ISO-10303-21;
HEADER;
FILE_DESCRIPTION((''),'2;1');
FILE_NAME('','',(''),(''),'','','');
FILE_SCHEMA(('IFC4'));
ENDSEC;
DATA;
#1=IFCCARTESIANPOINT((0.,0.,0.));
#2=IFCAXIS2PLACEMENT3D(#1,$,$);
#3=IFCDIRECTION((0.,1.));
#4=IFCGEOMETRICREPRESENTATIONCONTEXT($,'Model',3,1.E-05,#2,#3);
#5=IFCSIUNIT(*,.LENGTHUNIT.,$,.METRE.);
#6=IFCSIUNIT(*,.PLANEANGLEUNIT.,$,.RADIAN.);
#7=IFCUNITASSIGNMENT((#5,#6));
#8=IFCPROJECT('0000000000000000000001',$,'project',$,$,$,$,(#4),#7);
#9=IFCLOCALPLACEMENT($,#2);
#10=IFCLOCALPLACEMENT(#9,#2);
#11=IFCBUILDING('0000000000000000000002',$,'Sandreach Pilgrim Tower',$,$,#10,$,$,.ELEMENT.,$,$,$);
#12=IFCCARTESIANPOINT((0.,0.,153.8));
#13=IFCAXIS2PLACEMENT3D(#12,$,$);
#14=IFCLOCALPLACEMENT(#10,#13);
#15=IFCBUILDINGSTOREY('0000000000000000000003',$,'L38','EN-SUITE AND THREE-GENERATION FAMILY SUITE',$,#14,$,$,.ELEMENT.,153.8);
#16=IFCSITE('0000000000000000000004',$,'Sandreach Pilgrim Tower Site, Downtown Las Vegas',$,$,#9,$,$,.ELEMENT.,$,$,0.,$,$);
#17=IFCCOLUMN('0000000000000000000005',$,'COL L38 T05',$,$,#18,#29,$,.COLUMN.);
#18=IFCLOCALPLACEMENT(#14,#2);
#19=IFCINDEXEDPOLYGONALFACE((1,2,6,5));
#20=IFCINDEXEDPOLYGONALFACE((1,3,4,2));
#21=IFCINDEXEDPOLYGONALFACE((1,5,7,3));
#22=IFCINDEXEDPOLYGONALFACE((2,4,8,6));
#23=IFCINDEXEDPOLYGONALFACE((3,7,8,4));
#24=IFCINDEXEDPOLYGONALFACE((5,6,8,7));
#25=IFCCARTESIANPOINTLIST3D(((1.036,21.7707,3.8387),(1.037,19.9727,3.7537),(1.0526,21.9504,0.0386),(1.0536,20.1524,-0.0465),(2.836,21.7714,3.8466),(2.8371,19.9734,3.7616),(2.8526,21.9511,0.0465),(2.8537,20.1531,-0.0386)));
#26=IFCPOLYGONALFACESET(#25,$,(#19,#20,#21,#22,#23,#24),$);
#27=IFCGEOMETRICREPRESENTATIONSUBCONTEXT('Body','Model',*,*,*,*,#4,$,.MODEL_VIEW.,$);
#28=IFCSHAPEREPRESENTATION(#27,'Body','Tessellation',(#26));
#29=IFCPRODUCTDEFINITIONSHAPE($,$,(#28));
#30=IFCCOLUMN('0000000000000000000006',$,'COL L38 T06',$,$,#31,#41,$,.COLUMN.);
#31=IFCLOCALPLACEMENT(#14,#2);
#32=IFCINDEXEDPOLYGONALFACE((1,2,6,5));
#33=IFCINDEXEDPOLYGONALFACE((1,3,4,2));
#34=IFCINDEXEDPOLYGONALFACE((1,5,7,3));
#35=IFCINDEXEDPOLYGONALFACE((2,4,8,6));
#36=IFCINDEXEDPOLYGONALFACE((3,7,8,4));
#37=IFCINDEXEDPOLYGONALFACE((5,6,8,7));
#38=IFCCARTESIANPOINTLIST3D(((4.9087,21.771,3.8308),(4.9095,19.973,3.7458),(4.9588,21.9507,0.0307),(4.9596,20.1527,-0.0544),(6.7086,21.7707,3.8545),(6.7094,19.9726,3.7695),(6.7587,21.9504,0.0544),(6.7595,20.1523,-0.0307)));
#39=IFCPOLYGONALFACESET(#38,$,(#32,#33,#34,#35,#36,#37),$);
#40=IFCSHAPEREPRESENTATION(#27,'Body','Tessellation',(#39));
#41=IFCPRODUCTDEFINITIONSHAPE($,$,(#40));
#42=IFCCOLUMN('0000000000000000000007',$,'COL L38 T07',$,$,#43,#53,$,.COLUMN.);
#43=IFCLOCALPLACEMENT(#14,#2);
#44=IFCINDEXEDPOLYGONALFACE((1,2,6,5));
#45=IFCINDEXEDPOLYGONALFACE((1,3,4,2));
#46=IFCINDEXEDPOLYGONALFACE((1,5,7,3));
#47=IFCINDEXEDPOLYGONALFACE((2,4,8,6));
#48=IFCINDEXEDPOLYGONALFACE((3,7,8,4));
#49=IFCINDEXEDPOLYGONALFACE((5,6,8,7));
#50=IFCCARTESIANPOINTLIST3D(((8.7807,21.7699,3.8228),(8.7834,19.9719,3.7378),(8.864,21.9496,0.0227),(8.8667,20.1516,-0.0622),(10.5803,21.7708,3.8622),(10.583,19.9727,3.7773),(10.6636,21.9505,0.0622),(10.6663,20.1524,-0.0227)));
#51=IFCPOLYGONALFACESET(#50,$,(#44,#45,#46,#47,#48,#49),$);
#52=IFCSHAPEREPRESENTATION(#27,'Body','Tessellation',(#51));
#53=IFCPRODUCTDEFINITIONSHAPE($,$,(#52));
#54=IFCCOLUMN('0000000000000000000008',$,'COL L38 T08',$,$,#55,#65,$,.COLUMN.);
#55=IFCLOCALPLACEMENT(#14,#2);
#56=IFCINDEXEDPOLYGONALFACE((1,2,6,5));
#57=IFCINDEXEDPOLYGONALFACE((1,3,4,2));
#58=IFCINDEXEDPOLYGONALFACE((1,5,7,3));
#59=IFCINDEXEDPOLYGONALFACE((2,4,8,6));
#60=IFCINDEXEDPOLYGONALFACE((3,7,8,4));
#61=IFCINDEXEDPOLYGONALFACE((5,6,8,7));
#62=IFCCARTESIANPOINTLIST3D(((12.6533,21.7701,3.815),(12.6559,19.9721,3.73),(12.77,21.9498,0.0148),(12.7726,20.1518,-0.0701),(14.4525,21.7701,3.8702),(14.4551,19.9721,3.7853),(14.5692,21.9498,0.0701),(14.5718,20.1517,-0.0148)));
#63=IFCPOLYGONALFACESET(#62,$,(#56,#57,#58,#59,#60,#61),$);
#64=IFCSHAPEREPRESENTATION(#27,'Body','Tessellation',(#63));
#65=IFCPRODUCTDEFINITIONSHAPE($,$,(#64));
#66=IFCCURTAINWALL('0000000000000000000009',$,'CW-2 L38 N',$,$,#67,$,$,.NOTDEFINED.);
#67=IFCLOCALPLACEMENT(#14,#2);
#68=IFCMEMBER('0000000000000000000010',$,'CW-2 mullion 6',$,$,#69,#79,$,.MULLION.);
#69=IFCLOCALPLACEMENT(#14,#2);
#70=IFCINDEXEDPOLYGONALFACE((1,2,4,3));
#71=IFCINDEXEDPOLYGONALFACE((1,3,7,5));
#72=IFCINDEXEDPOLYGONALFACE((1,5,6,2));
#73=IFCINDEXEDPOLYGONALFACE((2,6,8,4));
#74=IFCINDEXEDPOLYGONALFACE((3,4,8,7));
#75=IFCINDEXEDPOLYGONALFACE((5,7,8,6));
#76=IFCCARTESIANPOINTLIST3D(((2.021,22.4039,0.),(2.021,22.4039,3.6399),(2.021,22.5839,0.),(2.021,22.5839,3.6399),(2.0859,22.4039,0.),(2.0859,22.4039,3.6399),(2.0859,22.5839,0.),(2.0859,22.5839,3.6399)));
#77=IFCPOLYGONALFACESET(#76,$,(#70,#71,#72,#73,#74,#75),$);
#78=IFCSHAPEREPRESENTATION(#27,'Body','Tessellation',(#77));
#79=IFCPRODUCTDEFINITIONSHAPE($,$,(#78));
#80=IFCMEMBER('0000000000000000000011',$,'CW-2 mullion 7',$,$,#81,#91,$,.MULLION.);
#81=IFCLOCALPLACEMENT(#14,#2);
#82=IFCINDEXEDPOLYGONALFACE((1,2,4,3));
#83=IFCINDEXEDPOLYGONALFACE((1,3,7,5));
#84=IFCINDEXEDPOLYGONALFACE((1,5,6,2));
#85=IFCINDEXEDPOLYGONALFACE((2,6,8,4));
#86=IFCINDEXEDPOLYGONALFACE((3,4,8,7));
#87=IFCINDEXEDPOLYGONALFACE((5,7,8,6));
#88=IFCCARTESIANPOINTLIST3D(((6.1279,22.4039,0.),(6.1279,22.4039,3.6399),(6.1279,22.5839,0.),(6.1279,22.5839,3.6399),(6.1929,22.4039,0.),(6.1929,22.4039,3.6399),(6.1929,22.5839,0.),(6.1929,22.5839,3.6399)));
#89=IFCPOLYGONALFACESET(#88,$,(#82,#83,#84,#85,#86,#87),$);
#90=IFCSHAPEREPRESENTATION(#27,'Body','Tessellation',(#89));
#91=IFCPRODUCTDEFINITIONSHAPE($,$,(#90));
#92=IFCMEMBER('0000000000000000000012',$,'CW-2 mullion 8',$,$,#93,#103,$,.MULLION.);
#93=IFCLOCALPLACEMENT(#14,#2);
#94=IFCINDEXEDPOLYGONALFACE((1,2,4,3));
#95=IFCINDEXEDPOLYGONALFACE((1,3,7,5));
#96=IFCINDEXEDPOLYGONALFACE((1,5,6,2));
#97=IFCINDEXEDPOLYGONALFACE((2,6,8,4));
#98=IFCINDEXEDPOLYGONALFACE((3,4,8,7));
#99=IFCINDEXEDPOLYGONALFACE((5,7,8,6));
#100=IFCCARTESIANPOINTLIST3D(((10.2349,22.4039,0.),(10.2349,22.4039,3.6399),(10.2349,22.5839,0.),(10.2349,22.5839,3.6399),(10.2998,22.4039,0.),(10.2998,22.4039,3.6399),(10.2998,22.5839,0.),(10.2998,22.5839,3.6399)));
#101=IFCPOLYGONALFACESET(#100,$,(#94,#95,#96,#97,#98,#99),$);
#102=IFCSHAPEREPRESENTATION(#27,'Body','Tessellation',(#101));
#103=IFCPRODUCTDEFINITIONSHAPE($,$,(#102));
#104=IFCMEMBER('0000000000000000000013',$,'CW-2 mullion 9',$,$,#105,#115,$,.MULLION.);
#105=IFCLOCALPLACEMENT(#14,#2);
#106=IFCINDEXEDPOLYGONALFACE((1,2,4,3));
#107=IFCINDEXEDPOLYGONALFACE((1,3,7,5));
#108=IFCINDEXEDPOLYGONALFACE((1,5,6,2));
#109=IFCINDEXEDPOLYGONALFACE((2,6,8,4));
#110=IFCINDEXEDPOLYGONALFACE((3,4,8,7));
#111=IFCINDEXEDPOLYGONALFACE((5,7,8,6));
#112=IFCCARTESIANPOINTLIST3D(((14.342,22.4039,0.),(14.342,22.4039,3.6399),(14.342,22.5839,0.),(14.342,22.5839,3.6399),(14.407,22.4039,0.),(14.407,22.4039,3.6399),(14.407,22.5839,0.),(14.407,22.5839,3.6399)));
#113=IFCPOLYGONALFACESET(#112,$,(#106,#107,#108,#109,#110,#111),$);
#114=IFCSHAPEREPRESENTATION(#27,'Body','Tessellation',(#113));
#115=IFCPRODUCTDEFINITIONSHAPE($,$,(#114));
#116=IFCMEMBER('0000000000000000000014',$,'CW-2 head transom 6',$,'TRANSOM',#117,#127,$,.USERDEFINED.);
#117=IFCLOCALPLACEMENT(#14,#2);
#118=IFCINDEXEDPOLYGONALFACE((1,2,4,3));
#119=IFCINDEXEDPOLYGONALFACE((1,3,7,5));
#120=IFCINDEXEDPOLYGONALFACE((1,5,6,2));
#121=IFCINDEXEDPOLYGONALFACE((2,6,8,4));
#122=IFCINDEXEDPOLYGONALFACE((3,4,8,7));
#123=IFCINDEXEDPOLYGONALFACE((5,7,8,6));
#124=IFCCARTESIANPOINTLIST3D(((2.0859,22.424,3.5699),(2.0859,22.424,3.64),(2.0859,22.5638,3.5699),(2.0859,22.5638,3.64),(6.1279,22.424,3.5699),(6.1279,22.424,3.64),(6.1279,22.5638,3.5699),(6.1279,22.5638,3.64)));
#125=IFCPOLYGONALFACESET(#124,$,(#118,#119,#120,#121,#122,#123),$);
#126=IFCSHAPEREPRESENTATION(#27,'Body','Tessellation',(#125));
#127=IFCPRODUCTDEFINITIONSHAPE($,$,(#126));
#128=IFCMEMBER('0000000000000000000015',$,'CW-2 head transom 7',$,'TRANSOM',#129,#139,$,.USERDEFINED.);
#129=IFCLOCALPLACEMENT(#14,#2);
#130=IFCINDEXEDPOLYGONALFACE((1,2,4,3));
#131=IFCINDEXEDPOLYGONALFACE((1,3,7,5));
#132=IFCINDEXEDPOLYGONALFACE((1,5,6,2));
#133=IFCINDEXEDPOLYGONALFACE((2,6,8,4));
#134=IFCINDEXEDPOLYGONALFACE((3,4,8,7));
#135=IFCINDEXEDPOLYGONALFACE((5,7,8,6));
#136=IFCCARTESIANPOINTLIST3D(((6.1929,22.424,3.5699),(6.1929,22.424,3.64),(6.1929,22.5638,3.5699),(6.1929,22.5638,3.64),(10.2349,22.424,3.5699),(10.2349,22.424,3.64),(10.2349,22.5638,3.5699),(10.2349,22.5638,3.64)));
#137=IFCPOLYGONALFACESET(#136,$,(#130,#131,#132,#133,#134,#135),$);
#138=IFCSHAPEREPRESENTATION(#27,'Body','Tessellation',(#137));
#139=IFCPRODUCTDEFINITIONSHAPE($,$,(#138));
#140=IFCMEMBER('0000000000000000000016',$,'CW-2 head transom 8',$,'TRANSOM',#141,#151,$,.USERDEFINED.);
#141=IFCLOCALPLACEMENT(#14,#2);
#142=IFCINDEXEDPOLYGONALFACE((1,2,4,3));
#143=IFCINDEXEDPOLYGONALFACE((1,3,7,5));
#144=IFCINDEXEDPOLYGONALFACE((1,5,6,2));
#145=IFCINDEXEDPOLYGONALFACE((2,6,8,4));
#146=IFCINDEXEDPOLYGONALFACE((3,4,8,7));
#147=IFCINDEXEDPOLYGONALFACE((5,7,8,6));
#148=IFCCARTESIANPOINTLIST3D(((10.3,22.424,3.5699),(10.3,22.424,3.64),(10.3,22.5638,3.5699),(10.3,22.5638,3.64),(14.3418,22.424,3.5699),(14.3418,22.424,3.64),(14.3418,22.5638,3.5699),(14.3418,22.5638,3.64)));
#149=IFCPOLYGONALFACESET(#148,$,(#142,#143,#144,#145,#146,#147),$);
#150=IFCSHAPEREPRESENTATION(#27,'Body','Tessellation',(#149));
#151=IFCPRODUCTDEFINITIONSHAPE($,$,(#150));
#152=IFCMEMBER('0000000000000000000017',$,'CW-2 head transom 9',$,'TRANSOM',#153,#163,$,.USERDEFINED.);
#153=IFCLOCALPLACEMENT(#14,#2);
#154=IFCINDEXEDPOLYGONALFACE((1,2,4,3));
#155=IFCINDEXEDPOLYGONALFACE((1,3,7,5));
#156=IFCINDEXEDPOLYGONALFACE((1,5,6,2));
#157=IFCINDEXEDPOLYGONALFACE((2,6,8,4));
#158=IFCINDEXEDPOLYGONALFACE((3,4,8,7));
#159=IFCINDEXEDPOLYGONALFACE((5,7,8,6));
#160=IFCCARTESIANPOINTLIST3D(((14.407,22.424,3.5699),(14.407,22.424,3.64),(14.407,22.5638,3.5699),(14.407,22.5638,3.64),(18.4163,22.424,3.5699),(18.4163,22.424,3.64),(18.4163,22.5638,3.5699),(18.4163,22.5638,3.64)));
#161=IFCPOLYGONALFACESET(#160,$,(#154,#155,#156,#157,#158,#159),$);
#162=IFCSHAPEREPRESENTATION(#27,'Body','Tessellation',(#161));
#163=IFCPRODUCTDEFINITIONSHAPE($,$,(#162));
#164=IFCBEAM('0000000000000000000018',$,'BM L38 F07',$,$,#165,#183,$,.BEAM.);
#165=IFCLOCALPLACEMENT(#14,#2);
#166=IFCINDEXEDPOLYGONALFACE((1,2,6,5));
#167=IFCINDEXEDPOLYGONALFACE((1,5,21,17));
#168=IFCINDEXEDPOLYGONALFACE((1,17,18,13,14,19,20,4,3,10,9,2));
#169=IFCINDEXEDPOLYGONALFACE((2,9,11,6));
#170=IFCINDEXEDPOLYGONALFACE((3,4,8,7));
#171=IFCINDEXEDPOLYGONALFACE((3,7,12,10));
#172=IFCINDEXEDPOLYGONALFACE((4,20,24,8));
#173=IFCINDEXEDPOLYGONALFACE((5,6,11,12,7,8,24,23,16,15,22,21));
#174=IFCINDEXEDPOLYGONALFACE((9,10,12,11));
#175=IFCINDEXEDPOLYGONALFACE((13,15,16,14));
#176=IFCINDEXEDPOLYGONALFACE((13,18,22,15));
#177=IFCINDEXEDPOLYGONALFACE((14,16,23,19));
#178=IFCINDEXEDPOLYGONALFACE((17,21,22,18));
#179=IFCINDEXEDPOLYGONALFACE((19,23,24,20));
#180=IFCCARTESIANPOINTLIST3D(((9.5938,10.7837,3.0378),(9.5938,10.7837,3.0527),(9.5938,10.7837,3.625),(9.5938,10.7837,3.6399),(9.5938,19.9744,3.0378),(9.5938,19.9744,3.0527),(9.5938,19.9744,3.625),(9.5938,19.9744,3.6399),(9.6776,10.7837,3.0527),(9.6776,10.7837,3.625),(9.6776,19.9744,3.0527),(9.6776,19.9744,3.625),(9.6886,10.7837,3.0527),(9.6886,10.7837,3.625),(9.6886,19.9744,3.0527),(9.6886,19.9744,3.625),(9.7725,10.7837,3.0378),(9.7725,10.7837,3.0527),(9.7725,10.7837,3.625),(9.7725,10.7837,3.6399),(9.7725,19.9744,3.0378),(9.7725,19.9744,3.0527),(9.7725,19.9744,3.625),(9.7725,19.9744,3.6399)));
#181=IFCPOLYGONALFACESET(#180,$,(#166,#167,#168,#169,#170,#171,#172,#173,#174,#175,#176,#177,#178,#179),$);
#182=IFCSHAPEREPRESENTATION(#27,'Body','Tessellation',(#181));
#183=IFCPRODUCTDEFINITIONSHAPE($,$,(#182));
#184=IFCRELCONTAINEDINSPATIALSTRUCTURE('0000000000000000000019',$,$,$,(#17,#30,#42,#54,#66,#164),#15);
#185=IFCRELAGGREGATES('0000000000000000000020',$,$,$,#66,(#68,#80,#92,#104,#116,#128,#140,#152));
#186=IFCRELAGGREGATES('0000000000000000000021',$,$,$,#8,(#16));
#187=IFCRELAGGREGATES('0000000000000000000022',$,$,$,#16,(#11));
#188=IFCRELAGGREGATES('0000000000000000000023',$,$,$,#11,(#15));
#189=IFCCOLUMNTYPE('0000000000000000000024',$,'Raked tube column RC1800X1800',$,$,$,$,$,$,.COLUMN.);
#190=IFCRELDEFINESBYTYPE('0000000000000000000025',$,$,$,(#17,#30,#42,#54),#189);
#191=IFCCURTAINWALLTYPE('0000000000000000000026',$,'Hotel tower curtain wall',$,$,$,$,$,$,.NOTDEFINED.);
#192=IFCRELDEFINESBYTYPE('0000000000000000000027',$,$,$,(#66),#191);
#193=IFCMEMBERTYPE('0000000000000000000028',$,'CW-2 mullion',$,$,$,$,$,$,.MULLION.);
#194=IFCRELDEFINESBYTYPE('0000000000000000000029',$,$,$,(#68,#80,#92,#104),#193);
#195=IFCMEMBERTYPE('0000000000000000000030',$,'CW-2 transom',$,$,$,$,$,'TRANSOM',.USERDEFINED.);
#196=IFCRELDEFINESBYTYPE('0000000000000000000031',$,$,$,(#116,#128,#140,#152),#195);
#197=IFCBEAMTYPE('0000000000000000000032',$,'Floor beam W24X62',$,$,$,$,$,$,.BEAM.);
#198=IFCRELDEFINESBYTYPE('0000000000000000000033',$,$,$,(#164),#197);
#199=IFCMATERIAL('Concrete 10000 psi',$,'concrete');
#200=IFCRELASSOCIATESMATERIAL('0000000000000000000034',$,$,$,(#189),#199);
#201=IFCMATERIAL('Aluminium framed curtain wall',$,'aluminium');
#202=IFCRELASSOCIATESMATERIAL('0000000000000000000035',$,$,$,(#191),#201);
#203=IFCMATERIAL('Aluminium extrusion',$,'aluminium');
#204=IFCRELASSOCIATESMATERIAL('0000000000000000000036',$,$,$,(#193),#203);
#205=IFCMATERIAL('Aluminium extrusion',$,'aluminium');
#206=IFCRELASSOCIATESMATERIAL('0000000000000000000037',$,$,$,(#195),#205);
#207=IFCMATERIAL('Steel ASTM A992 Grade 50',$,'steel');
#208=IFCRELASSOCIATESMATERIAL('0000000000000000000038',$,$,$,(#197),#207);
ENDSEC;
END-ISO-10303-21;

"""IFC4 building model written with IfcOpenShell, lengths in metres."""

from ifc_helpers import new_model, si_unit, direction, frame, origin, origin_2d, place, context, subcontext, project, spatial, rectangle, i_section, extrude, material, material_profile, profile_set, type_object, element, aggregate, save


model = new_model("IFC4")

# Units and contexts
model_context = context("Model", 3, precision=1e-05, world=origin(), true_north=direction((0.0, 1.0)))
body_context = subcontext(model_context, "Body", "Model", "MODEL_VIEW")
ifc_project = project(units=[si_unit("LENGTHUNIT", "METRE"), si_unit("PLANEANGLEUNIT", "RADIAN")], contexts=[model_context])

# Site, building, storey
site_placement = place(None, origin())
site = spatial("IfcSite", under=ifc_project, at=site_placement, Name="Sandreach Pilgrim Tower Site, Downtown Las Vegas", CompositionType="ELEMENT", RefElevation=0.0)
building_placement = place(site_placement, origin())
building = spatial("IfcBuilding", under=site, at=building_placement, Name="Sandreach Pilgrim Tower", CompositionType="ELEMENT")
storey_placement = place(building_placement, frame((0.0, 0.0, 153.8)))
storey = spatial("IfcBuildingStorey", under=building, at=storey_placement, Name="L38", Description="EN-SUITE AND THREE-GENERATION FAMILY SUITE", CompositionType="ELEMENT", Elevation=153.8)

# Columns
ifc_material_1 = material(Name="Concrete 10000 psi", Category="concrete")
ifc_material_profile_1 = material_profile(ifc_material_1, rectangle(XDim=1.8, YDim=1.8, at=origin_2d()), Name="RC1800X1800")
ifc_profile_set_1 = profile_set([ifc_material_profile_1], Name="Concrete 10000 psi")
column_type = type_object("IfcColumnType", Name="Raked tube column RC1800X1800", PredefinedType="COLUMN", material=ifc_profile_set_1)
column_1_placement = place(storey_placement, frame((1.9531, 21.0518, 0.0), z_axis=(-0.004364, -0.047232, 0.998874), x_axis=(-0.000588, 0.998884, 0.04723)))
element("IfcColumn", 1, at=column_1_placement, inside=storey, type_object=column_type, Name="COL L38 T05", PredefinedType="COLUMN", context=body_context, shape_type="SweptSolid", body=[
    extrude(rectangle(XDim=1.8, YDim=1.8, at=origin_2d()), origin(), (0.0, 0.0, 1.0), 3.8044),
])
column_2_placement = place(storey_placement, frame((5.8591, 21.0515, 0.0), z_axis=(-0.013155, -0.047229, 0.998797), x_axis=(-0.000431, 0.998884, 0.047227)))
element("IfcColumn", 2, at=column_2_placement, inside=storey, type_object=column_type, Name="COL L38 T06", PredefinedType="COLUMN", context=body_context, shape_type="SweptSolid", body=[
    extrude(rectangle(XDim=1.8, YDim=1.8, at=origin_2d()), origin(), (0.0, 0.0, 1.0), 3.8047),
])
column_3_placement = place(storey_placement, frame((9.7651, 21.051, 0.0), z_axis=(-0.021878, -0.047221, 0.998645), x_axis=(-0.001498, 0.998884, 0.0472)))
element("IfcColumn", 3, at=column_3_placement, inside=storey, type_object=column_type, Name="COL L38 T07", PredefinedType="COLUMN", context=body_context, shape_type="SweptSolid", body=[
    extrude(rectangle(XDim=1.8, YDim=1.8, at=origin_2d()), origin(), (0.0, 0.0, 1.0), 3.8052),
])
column_4_placement = place(storey_placement, frame((13.6709, 21.0508, 0.0), z_axis=(-0.030661, -0.047211, 0.998414), x_axis=(-0.00143, 0.998885, 0.047189)))
element("IfcColumn", 4, at=column_4_placement, inside=storey, type_object=column_type, Name="COL L38 T08", PredefinedType="COLUMN", context=body_context, shape_type="SweptSolid", body=[
    extrude(rectangle(XDim=1.8, YDim=1.8, at=origin_2d()), origin(), (0.0, 0.0, 1.0), 3.8062),
])

# Curtain wall, members
ifc_material_2 = material(Name="Aluminium framed curtain wall", Category="aluminium")
curtain_wall_type = type_object("IfcCurtainWallType", Name="Hotel tower curtain wall", PredefinedType="NOTDEFINED", material=ifc_material_2)
curtain_wall_placement = place(storey_placement, origin())
curtain_wall = element("IfcCurtainWall", 5, at=curtain_wall_placement, inside=storey, type_object=curtain_wall_type, Name="CW-2 L38 N", PredefinedType="NOTDEFINED")
ifc_material_3 = material(Name="Aluminium extrusion", Category="aluminium")
ifc_material_profile_2 = material_profile(ifc_material_3, rectangle(XDim=0.0649, YDim=0.1799, at=origin_2d()), Name="CW-2M 65X180")
ifc_profile_set_2 = profile_set([ifc_material_profile_2], Name="Aluminium extrusion")
member_type_1 = type_object("IfcMemberType", Name="CW-2 mullion", PredefinedType="MULLION", material=ifc_profile_set_2)
member_1_placement = place(storey_placement, frame((2.0535, 22.4939, 0.0), z_axis=(0.0, 0.0, 1.0), x_axis=(1.0, 0.0, 0.0)))
member_1 = element("IfcMember", 6, at=member_1_placement, type_object=member_type_1, Name="CW-2 mullion 6", PredefinedType="MULLION", context=body_context, shape_type="SweptSolid", body=[
    extrude(rectangle(XDim=0.0649, YDim=0.1799, at=origin_2d()), origin(), (0.0, 0.0, 1.0), 3.6399),
])
member_2_placement = place(storey_placement, frame((6.1604, 22.4939, 0.0), z_axis=(0.0, 0.0, 1.0), x_axis=(1.0, 0.0, 0.0)))
member_2 = element("IfcMember", 7, at=member_2_placement, type_object=member_type_1, Name="CW-2 mullion 7", PredefinedType="MULLION", context=body_context, shape_type="SweptSolid", body=[
    extrude(rectangle(XDim=0.0649, YDim=0.1799, at=origin_2d()), origin(), (0.0, 0.0, 1.0), 3.6399),
])
member_3_placement = place(storey_placement, frame((10.2673, 22.4939, 0.0), z_axis=(0.0, 0.0, 1.0), x_axis=(1.0, 0.0, 0.0)))
member_3 = element("IfcMember", 8, at=member_3_placement, type_object=member_type_1, Name="CW-2 mullion 8", PredefinedType="MULLION", context=body_context, shape_type="SweptSolid", body=[
    extrude(rectangle(XDim=0.0649, YDim=0.1799, at=origin_2d()), origin(), (0.0, 0.0, 1.0), 3.6399),
])
member_4_placement = place(storey_placement, frame((14.3745, 22.4939, 0.0), z_axis=(0.0, 0.0, 1.0), x_axis=(1.0, 0.0, 0.0)))
member_4 = element("IfcMember", 9, at=member_4_placement, type_object=member_type_1, Name="CW-2 mullion 9", PredefinedType="MULLION", context=body_context, shape_type="SweptSolid", body=[
    extrude(rectangle(XDim=0.0649, YDim=0.1799, at=origin_2d()), origin(), (0.0, 0.0, 1.0), 3.6399),
])
ifc_material_4 = material(Name="Aluminium extrusion", Category="aluminium")
ifc_material_profile_3 = material_profile(ifc_material_4, rectangle(XDim=0.1399, YDim=0.0701, at=origin_2d()), Name="CW-2T 140X70")
ifc_profile_set_3 = profile_set([ifc_material_profile_3], Name="Aluminium extrusion")
member_type_2 = type_object("IfcMemberType", Name="CW-2 transom", ElementType="TRANSOM", PredefinedType="USERDEFINED", material=ifc_profile_set_3)
member_5_placement = place(storey_placement, frame((2.0859, 22.4939, 3.605), z_axis=(1.0, 0.0, 0.0), x_axis=(0.0, 1.0, 0.0)))
member_5 = element("IfcMember", 10, at=member_5_placement, type_object=member_type_2, Name="CW-2 head transom 6", ObjectType="TRANSOM", PredefinedType="USERDEFINED", context=body_context, shape_type="SweptSolid", body=[
    extrude(rectangle(XDim=0.1399, YDim=0.0701, at=origin_2d()), origin(), (0.0, 0.0, 1.0), 4.042),
])
member_6_placement = place(storey_placement, frame((6.1929, 22.4939, 3.605), z_axis=(1.0, 0.0, 0.0), x_axis=(0.0, 1.0, 0.0)))
member_6 = element("IfcMember", 11, at=member_6_placement, type_object=member_type_2, Name="CW-2 head transom 7", ObjectType="TRANSOM", PredefinedType="USERDEFINED", context=body_context, shape_type="SweptSolid", body=[
    extrude(rectangle(XDim=0.1399, YDim=0.0701, at=origin_2d()), origin(), (0.0, 0.0, 1.0), 4.042),
])
member_7_placement = place(storey_placement, frame((10.3, 22.4939, 3.605), z_axis=(1.0, 0.0, 0.0), x_axis=(0.0, 1.0, 0.0)))
member_7 = element("IfcMember", 12, at=member_7_placement, type_object=member_type_2, Name="CW-2 head transom 8", ObjectType="TRANSOM", PredefinedType="USERDEFINED", context=body_context, shape_type="SweptSolid", body=[
    extrude(rectangle(XDim=0.1399, YDim=0.0701, at=origin_2d()), origin(), (0.0, 0.0, 1.0), 4.0417),
])
member_8_placement = place(storey_placement, frame((14.407, 22.4939, 3.605), z_axis=(1.0, 0.0, 0.0), x_axis=(0.0, 1.0, 0.0)))
member_8 = element("IfcMember", 13, at=member_8_placement, type_object=member_type_2, Name="CW-2 head transom 9", ObjectType="TRANSOM", PredefinedType="USERDEFINED", context=body_context, shape_type="SweptSolid", body=[
    extrude(rectangle(XDim=0.1399, YDim=0.0701, at=origin_2d()), origin(), (0.0, 0.0, 1.0), 4.0093),
])

# Beam
ifc_material_5 = material(Name="Steel ASTM A992 Grade 50", Category="steel")
ifc_material_profile_4 = material_profile(ifc_material_5, i_section(OverallWidth=0.1787, OverallDepth=0.6021, WebThickness=0.011, FlangeThickness=0.0149, at=origin_2d()), Name="W24X62")
ifc_profile_set_4 = profile_set([ifc_material_profile_4], Name="Steel ASTM A992 Grade 50")
beam_type_1 = type_object("IfcBeamType", Name="Floor beam W24X62", PredefinedType="BEAM", material=ifc_profile_set_4)
beam_1_placement = place(storey_placement, frame((9.6831, 19.9744, 3.3389), z_axis=(0.0, -1.0, 0.0), x_axis=(1.0, 0.0, 0.0)))
element("IfcBeam", 14, at=beam_1_placement, inside=storey, type_object=beam_type_1, Name="BM L38 F07", PredefinedType="BEAM", context=body_context, shape_type="SweptSolid", body=[
    extrude(i_section(OverallWidth=0.1787, OverallDepth=0.6021, WebThickness=0.011, FlangeThickness=0.0149, at=origin_2d()), origin(), (0.0, 0.0, 1.0), 9.1907),
])

aggregate(curtain_wall, [member_1, member_2, member_3, member_4, member_5, member_6, member_7, member_8])

save(model, "model.ifc")
